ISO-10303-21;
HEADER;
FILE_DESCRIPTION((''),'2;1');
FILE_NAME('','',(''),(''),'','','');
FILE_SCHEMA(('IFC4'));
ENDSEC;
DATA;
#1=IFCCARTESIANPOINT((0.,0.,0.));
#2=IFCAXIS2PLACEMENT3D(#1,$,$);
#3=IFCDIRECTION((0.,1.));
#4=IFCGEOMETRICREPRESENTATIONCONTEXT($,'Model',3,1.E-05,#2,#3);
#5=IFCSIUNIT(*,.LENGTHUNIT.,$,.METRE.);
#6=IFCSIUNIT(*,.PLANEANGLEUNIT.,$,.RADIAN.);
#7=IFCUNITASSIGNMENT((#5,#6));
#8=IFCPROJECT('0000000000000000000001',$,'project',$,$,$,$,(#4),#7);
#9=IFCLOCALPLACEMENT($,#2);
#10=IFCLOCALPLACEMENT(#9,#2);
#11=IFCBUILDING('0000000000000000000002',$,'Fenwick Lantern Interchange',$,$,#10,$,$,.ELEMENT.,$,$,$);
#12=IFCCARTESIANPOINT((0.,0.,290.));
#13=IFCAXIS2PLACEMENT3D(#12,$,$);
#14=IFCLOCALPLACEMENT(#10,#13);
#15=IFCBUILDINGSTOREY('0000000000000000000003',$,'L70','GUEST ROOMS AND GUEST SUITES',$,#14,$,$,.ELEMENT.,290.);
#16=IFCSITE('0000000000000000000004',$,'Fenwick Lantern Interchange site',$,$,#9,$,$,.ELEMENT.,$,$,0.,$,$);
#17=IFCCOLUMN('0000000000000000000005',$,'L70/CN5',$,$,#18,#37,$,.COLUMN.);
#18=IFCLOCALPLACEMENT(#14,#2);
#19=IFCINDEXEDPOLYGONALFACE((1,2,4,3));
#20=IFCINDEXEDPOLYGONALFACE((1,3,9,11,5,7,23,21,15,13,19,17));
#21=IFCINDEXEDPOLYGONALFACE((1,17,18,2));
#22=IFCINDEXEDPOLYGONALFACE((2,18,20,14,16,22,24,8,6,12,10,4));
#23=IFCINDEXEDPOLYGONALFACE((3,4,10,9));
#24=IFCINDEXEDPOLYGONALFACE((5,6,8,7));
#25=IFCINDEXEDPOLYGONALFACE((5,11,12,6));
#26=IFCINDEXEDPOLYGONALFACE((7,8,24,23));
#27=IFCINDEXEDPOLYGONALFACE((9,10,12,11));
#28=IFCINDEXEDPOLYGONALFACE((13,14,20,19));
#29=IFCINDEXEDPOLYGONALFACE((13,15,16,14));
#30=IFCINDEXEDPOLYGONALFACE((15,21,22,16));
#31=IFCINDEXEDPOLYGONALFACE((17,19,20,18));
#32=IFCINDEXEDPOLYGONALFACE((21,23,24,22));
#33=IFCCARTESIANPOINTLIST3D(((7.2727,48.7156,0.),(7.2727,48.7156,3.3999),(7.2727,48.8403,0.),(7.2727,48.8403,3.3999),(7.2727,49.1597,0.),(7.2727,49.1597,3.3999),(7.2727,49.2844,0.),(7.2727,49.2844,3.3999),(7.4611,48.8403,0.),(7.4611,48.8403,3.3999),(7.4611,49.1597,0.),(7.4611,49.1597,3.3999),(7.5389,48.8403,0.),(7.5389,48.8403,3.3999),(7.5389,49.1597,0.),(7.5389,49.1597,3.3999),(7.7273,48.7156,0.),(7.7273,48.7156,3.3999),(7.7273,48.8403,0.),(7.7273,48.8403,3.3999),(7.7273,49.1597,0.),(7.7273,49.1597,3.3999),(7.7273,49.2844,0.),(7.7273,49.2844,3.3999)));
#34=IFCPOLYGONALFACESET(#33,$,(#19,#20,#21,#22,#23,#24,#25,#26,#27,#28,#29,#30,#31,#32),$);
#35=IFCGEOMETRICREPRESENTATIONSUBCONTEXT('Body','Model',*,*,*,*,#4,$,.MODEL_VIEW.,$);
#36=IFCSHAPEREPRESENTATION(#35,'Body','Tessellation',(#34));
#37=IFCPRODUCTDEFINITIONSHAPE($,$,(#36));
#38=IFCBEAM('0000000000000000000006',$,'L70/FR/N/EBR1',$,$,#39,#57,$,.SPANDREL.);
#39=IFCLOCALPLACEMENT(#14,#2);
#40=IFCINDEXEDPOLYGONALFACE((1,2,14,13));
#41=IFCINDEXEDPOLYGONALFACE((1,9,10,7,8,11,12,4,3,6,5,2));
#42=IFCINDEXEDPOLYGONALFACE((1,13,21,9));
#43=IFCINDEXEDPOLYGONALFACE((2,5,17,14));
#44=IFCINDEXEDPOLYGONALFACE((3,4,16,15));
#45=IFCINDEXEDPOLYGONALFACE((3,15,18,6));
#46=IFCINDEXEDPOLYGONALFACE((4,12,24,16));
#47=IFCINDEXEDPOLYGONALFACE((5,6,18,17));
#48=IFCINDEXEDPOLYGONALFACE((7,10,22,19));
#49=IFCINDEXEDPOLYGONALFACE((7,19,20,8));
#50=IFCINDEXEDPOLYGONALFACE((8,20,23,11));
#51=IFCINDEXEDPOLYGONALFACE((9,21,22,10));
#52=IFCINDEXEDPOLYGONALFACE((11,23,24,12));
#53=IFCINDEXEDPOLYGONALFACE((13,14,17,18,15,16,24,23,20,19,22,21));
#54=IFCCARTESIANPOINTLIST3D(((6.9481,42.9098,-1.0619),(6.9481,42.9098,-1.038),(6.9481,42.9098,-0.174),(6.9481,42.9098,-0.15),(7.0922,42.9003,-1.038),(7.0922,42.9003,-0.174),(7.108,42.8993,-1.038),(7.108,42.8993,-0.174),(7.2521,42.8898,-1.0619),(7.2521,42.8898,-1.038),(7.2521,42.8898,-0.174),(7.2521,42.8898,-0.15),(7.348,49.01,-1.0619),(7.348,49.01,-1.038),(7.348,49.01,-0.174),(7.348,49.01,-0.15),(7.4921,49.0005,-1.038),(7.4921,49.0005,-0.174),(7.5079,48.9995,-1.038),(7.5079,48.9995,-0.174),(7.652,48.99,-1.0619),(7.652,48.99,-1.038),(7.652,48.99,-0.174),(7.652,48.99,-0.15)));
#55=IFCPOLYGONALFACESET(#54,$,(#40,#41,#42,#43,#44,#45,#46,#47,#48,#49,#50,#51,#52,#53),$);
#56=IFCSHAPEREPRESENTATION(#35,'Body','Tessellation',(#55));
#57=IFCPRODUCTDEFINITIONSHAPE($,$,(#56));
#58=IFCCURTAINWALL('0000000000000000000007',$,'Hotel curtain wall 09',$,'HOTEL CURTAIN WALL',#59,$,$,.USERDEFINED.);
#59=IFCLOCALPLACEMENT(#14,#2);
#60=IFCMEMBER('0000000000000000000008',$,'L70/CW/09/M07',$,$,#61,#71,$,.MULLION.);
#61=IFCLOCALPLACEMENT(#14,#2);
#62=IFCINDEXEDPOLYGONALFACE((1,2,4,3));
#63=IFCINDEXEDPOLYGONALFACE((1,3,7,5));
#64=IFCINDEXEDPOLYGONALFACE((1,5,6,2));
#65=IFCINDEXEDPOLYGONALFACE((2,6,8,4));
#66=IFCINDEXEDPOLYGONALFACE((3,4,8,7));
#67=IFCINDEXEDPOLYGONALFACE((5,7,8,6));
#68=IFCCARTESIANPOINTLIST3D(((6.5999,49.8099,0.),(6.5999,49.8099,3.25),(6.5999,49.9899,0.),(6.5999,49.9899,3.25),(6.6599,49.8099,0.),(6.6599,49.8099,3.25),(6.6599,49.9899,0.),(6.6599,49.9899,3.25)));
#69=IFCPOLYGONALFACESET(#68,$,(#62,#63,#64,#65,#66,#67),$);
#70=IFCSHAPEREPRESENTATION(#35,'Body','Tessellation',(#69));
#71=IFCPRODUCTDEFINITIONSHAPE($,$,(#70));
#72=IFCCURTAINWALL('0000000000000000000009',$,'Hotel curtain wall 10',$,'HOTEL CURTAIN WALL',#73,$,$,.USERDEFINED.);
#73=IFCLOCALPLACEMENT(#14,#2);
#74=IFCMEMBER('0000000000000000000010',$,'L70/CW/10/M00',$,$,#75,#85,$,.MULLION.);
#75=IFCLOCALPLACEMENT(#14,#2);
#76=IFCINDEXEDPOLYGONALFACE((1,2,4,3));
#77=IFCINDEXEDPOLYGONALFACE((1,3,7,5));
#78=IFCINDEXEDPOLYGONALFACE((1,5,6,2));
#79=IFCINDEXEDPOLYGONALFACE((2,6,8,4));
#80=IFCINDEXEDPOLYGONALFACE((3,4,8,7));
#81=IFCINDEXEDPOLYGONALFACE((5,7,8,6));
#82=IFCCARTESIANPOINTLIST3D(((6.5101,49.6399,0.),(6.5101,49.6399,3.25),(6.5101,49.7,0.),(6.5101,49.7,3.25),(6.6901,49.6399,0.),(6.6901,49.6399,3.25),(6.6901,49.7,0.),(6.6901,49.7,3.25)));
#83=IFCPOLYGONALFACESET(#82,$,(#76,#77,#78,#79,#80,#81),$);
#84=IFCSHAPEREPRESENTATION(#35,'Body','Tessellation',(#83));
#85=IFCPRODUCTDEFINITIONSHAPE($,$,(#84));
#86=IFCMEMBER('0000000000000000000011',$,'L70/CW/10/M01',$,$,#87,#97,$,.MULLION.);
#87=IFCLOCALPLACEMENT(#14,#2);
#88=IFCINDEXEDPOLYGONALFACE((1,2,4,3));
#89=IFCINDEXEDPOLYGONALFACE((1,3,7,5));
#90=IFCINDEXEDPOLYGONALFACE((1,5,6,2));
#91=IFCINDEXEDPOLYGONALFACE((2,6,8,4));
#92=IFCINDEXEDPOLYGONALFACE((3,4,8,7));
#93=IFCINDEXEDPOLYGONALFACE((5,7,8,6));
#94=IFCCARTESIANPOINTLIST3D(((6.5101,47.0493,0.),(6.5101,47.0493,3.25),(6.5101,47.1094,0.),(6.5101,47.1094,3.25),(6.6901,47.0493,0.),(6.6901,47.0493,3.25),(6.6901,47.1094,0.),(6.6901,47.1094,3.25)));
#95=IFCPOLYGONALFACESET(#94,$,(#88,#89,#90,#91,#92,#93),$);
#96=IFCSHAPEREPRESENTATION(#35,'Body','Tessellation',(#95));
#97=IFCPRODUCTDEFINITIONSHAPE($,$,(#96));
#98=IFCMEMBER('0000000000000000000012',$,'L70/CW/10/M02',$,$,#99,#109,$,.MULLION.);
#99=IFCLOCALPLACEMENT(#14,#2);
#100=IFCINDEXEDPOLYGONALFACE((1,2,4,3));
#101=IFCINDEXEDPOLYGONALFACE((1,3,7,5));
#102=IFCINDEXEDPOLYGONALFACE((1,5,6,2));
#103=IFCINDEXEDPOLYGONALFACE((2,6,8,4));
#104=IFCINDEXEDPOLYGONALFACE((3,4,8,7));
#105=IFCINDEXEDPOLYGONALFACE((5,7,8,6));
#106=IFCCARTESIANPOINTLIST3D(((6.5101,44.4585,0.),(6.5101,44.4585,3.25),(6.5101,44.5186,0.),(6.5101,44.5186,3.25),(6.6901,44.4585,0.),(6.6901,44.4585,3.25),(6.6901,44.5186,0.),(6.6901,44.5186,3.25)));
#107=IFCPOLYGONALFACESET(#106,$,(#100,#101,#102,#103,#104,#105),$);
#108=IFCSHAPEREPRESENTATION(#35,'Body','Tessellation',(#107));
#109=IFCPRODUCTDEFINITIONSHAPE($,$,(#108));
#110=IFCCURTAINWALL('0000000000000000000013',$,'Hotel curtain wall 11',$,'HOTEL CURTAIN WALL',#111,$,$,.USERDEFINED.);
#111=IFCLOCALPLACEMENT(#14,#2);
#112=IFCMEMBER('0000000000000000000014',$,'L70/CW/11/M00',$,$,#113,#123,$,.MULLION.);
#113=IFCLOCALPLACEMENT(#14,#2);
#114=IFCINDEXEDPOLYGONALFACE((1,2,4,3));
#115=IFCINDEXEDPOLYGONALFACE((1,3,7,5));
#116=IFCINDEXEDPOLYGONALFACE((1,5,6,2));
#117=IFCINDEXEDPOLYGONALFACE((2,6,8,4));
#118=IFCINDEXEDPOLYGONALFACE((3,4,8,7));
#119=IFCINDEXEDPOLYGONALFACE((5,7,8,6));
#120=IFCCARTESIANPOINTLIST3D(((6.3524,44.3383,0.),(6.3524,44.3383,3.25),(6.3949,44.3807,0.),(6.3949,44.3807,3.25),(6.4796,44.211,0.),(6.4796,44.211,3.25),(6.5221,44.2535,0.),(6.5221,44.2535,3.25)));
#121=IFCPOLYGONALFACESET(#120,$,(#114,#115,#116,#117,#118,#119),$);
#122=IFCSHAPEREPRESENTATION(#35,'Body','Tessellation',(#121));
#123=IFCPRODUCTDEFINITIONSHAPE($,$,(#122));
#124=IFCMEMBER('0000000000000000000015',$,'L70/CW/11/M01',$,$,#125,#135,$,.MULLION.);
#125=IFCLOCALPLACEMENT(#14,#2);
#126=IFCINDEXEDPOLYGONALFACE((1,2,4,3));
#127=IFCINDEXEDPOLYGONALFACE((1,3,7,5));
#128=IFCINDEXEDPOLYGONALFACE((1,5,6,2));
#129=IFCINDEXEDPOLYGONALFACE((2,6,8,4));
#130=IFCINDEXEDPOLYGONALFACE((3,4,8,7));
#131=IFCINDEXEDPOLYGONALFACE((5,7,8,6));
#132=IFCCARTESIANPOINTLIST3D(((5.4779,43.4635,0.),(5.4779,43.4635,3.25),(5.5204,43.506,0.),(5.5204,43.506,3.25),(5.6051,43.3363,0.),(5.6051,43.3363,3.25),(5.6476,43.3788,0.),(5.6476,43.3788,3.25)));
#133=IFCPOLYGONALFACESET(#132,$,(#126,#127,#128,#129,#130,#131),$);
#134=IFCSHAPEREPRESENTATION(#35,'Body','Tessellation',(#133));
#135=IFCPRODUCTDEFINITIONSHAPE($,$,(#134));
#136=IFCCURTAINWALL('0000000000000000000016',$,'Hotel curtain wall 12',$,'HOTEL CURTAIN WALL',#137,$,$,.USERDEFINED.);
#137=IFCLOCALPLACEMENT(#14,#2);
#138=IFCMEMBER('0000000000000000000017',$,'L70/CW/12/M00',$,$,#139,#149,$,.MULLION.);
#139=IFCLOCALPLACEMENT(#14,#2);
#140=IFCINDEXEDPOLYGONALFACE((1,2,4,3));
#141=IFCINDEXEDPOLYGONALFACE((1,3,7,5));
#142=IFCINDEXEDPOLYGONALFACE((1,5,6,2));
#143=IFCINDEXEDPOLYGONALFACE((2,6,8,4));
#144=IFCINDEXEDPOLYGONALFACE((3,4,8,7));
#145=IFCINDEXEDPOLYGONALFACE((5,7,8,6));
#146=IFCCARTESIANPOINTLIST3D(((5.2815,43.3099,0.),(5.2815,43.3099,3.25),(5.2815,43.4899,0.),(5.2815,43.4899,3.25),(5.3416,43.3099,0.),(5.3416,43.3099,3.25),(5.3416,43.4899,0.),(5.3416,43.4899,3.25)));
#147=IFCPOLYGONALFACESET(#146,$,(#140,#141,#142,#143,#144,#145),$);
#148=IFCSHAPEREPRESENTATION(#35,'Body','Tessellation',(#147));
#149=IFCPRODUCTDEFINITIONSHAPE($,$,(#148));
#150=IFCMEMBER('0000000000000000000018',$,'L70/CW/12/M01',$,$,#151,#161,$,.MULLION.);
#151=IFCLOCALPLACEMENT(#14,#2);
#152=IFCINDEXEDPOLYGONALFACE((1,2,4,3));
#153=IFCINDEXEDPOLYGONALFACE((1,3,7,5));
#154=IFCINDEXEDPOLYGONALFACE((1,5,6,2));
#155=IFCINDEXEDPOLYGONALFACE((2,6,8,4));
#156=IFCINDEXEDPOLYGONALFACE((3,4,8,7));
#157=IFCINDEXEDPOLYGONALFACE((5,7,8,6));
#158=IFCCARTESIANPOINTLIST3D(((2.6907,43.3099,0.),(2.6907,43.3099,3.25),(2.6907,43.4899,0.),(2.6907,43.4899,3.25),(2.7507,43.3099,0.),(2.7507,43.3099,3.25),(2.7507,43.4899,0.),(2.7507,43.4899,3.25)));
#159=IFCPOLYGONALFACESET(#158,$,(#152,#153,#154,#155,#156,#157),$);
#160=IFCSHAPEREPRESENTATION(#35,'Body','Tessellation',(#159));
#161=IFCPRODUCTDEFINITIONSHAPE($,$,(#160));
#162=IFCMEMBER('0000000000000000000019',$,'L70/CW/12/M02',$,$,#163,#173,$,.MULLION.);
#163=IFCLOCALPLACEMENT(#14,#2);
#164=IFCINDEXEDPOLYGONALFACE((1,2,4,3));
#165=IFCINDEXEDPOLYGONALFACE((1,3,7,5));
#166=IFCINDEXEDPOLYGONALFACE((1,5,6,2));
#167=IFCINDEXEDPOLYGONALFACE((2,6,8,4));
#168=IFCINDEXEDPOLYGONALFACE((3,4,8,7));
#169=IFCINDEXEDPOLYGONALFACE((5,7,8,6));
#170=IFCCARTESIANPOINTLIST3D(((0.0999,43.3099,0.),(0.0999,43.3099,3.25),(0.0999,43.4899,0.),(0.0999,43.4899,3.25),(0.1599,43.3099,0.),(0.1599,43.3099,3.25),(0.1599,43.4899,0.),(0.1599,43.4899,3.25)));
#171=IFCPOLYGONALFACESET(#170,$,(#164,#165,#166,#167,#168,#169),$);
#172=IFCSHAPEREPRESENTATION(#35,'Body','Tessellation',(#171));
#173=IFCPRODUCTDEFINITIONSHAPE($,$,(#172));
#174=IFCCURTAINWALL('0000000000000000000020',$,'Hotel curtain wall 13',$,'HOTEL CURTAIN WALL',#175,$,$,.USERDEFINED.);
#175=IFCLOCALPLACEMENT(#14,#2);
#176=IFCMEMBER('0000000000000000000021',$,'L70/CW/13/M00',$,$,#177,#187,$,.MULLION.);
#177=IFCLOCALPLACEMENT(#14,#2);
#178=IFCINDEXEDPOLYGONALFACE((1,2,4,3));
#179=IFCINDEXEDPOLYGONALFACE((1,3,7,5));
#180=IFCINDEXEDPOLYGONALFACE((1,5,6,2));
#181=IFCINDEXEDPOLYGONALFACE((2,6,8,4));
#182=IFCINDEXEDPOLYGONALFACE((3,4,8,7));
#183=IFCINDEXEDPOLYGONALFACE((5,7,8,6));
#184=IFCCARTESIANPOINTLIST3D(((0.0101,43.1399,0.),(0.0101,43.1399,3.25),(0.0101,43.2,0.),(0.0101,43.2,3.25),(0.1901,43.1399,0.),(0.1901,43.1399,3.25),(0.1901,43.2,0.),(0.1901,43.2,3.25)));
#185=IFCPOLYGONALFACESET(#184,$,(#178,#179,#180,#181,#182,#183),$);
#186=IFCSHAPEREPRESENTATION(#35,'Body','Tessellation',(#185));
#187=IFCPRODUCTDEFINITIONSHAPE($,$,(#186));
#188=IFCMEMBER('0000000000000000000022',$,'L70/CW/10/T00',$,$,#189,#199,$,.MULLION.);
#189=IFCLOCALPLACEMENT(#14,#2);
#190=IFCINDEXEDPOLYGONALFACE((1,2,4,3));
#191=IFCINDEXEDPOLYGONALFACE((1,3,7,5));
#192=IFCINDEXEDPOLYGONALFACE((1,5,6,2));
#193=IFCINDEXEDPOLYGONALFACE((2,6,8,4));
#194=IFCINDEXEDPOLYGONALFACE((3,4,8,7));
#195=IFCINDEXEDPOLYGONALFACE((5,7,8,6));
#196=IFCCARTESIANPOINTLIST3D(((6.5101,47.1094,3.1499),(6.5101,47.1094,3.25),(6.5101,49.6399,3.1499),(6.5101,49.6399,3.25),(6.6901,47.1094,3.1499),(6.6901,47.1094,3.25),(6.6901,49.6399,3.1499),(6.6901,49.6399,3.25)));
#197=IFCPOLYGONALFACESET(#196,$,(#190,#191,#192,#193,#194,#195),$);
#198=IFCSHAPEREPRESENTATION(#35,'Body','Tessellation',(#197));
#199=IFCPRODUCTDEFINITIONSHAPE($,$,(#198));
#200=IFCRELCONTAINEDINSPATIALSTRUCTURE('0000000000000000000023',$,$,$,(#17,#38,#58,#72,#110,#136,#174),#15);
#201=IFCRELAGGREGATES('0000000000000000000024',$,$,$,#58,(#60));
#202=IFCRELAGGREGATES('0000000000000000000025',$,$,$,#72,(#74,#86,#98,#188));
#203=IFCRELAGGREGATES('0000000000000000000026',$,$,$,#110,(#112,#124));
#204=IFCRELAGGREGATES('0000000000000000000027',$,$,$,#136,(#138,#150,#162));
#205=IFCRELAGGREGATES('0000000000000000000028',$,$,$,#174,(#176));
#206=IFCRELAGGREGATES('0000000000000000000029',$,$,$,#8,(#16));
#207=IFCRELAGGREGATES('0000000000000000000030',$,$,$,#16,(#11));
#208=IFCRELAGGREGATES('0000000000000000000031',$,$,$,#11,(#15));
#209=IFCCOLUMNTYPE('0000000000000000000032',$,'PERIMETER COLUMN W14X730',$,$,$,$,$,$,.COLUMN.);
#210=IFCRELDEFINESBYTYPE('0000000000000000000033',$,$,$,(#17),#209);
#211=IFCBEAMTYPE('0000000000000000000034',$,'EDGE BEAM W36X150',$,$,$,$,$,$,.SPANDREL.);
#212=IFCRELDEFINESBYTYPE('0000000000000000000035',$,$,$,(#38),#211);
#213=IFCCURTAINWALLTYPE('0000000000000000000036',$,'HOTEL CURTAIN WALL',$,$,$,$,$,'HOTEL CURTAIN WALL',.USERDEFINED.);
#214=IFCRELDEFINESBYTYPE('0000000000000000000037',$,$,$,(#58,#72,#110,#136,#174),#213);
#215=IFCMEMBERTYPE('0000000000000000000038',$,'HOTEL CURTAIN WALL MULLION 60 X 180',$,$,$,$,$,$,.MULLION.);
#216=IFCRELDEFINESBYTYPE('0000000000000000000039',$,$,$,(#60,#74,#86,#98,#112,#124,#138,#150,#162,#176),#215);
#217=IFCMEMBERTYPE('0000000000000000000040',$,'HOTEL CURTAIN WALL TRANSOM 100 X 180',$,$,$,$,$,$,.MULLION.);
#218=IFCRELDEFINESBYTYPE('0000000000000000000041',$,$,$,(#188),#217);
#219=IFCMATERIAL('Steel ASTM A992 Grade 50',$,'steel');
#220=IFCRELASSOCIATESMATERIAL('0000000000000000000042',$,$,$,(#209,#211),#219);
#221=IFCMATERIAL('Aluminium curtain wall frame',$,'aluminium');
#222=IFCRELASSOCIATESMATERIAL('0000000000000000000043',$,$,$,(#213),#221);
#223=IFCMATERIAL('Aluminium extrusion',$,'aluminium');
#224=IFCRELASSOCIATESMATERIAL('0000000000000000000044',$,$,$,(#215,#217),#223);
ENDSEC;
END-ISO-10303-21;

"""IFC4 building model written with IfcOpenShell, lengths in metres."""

from ifc_helpers import new_model, si_unit, direction, frame, origin, origin_2d, place, context, subcontext, project, spatial, rectangle, i_section, extrude, material, material_profile, profile_set, type_object, element, aggregate, save


model = new_model("IFC4")

# Units and contexts
model_context = context("Model", 3, precision=1e-05, world=origin(), true_north=direction((0.0, 1.0)))
body_context = subcontext(model_context, "Body", "Model", "MODEL_VIEW")
ifc_project = project(units=[si_unit("LENGTHUNIT", "METRE"), si_unit("PLANEANGLEUNIT", "RADIAN")], contexts=[model_context])

# Site, building, storey
site_placement = place(None, origin())
site = spatial("IfcSite", under=ifc_project, at=site_placement, Name="Fenwick Lantern Interchange site", CompositionType="ELEMENT", RefElevation=0.0)
building_placement = place(site_placement, origin())
building = spatial("IfcBuilding", under=site, at=building_placement, Name="Fenwick Lantern Interchange", CompositionType="ELEMENT")
storey_placement = place(building_placement, frame((0.0, 0.0, 290.0)))
storey = spatial("IfcBuildingStorey", under=building, at=storey_placement, Name="L70", Description="GUEST ROOMS AND GUEST SUITES", CompositionType="ELEMENT", Elevation=290.0)

# Column
ifc_material_1 = material(Name="Steel ASTM A992 Grade 50", Category="steel")
ifc_material_profile_1 = material_profile(ifc_material_1, i_section(OverallWidth=0.4546, OverallDepth=0.5688, WebThickness=0.0779, FlangeThickness=0.1248, at=origin_2d()), Name="W14X730")
ifc_profile_set_1 = profile_set([ifc_material_profile_1], Name="Steel ASTM A992 Grade 50")
column_type = type_object("IfcColumnType", Name="PERIMETER COLUMN W14X730", PredefinedType="COLUMN", material=ifc_profile_set_1)
column_placement = place(storey_placement, frame((7.5, 49.0, 0.0), z_axis=(0.0, 0.0, 1.0), x_axis=(1.0, 0.0, 0.0)))
element("IfcColumn", 1, at=column_placement, inside=storey, type_object=column_type, Name="L70/CN5", PredefinedType="COLUMN", context=body_context, shape_type="SweptSolid", body=[
    extrude(i_section(OverallWidth=0.4546, OverallDepth=0.5688, WebThickness=0.0779, FlangeThickness=0.1248, at=origin_2d()), origin(), (0.0, 0.0, 1.0), 3.3999),
])

# Beam
ifc_material_profile_2 = material_profile(ifc_material_1, i_section(OverallWidth=0.3047, OverallDepth=0.9119, WebThickness=0.0159, FlangeThickness=0.0239, at=origin_2d()), Name="W36X150")
ifc_profile_set_2 = profile_set([ifc_material_profile_2], Name="Steel ASTM A992 Grade 50")
beam_type = type_object("IfcBeamType", Name="EDGE BEAM W36X150", PredefinedType="SPANDREL", material=ifc_profile_set_2)
beam_placement = place(storey_placement, frame((7.5, 49.0, -0.606), z_axis=(-0.065416, -0.997858, 0.0), x_axis=(0.997858, -0.065416, 0.0)))
element("IfcBeam", 2, at=beam_placement, inside=storey, type_object=beam_type, Name="L70/FR/N/EBR1", PredefinedType="SPANDREL", context=body_context, shape_type="SweptSolid", body=[
    extrude(i_section(OverallWidth=0.3047, OverallDepth=0.9119, WebThickness=0.0159, FlangeThickness=0.0239, at=origin_2d()), origin(), (0.0, 0.0, 1.0), 6.1133),
])

# Curtain wall, member
ifc_material_2 = material(Name="Aluminium curtain wall frame", Category="aluminium")
curtain_wall_type = type_object("IfcCurtainWallType", Name="HOTEL CURTAIN WALL", ElementType="HOTEL CURTAIN WALL", PredefinedType="USERDEFINED", material=ifc_material_2)
curtain_wall_1_placement = place(storey_placement, origin())
curtain_wall_1 = element("IfcCurtainWall", 3, at=curtain_wall_1_placement, inside=storey, type_object=curtain_wall_type, Name="Hotel curtain wall 09", ObjectType="HOTEL CURTAIN WALL", PredefinedType="USERDEFINED")
ifc_material_3 = material(Name="Aluminium extrusion", Category="aluminium")
ifc_material_profile_3 = material_profile(ifc_material_3, rectangle(XDim=0.1799, YDim=0.0601, at=origin_2d()), Name="HOTEL CURTAIN WALL MULLION 60 X 180")
ifc_profile_set_3 = profile_set([ifc_material_profile_3], Name="Aluminium extrusion")
member_type_1 = type_object("IfcMemberType", Name="HOTEL CURTAIN WALL MULLION 60 X 180", PredefinedType="MULLION", material=ifc_profile_set_3)
member_1_placement = place(storey_placement, frame((6.6299, 49.8999, 0.0), z_axis=(0.0, 0.0, 1.0), x_axis=(0.0, -1.0, 0.0)))
member_1 = element("IfcMember", 4, at=member_1_placement, type_object=member_type_1, Name="L70/CW/09/M07", PredefinedType="MULLION", context=body_context, shape_type="SweptSolid", body=[
    extrude(rectangle(XDim=0.1799, YDim=0.0601, at=origin_2d()), origin(), (0.0, 0.0, 1.0), 3.25),
])
aggregate(curtain_wall_1, [member_1])

# Curtain walls, members
curtain_wall_2_placement = place(storey_placement, origin())
curtain_wall_2 = element("IfcCurtainWall", 5, at=curtain_wall_2_placement, inside=storey, type_object=curtain_wall_type, Name="Hotel curtain wall 10", ObjectType="HOTEL CURTAIN WALL", PredefinedType="USERDEFINED")
member_2_placement = place(storey_placement, frame((6.6001, 49.6699, 0.0), z_axis=(0.0, 0.0, 1.0), x_axis=(1.0, 0.0, 0.0)))
member_2 = element("IfcMember", 6, at=member_2_placement, type_object=member_type_1, Name="L70/CW/10/M00", PredefinedType="MULLION", context=body_context, shape_type="SweptSolid", body=[
    extrude(rectangle(XDim=0.1799, YDim=0.0601, at=origin_2d()), origin(), (0.0, 0.0, 1.0), 3.25),
])
member_3_placement = place(storey_placement, frame((6.6001, 47.0793, 0.0), z_axis=(0.0, 0.0, 1.0), x_axis=(1.0, 0.0, 0.0)))
member_3 = element("IfcMember", 7, at=member_3_placement, type_object=member_type_1, Name="L70/CW/10/M01", PredefinedType="MULLION", context=body_context, shape_type="SweptSolid", body=[
    extrude(rectangle(XDim=0.1799, YDim=0.0601, at=origin_2d()), origin(), (0.0, 0.0, 1.0), 3.25),
])
member_4_placement = place(storey_placement, frame((6.6001, 44.4885, 0.0), z_axis=(0.0, 0.0, 1.0), x_axis=(1.0, 0.0, 0.0)))
member_4 = element("IfcMember", 8, at=member_4_placement, type_object=member_type_1, Name="L70/CW/10/M02", PredefinedType="MULLION", context=body_context, shape_type="SweptSolid", body=[
    extrude(rectangle(XDim=0.1799, YDim=0.0601, at=origin_2d()), origin(), (0.0, 0.0, 1.0), 3.25),
])
curtain_wall_3_placement = place(storey_placement, origin())
curtain_wall_3 = element("IfcCurtainWall", 9, at=curtain_wall_3_placement, inside=storey, type_object=curtain_wall_type, Name="Hotel curtain wall 11", ObjectType="HOTEL CURTAIN WALL", PredefinedType="USERDEFINED")
member_5_placement = place(storey_placement, frame((6.4373, 44.2959, 0.0), z_axis=(0.0, 0.0, 1.0), x_axis=(0.707107, -0.707107, 0.0)))
member_5 = element("IfcMember", 10, at=member_5_placement, type_object=member_type_1, Name="L70/CW/11/M00", PredefinedType="MULLION", context=body_context, shape_type="SweptSolid", body=[
    extrude(rectangle(XDim=0.1799, YDim=0.0601, at=origin_2d()), origin(), (0.0, 0.0, 1.0), 3.25),
])
member_6_placement = place(storey_placement, frame((5.5627, 43.4211, 0.0), z_axis=(0.0, 0.0, 1.0), x_axis=(0.707107, -0.707107, 0.0)))
member_6 = element("IfcMember", 11, at=member_6_placement, type_object=member_type_1, Name="L70/CW/11/M01", PredefinedType="MULLION", context=body_context, shape_type="SweptSolid", body=[
    extrude(rectangle(XDim=0.1799, YDim=0.0601, at=origin_2d()), origin(), (0.0, 0.0, 1.0), 3.25),
])
curtain_wall_4_placement = place(storey_placement, origin())
curtain_wall_4 = element("IfcCurtainWall", 12, at=curtain_wall_4_placement, inside=storey, type_object=curtain_wall_type, Name="Hotel curtain wall 12", ObjectType="HOTEL CURTAIN WALL", PredefinedType="USERDEFINED")
member_7_placement = place(storey_placement, frame((5.3115, 43.3999, 0.0), z_axis=(0.0, 0.0, 1.0), x_axis=(0.0, -1.0, 0.0)))
member_7 = element("IfcMember", 13, at=member_7_placement, type_object=member_type_1, Name="L70/CW/12/M00", PredefinedType="MULLION", context=body_context, shape_type="SweptSolid", body=[
    extrude(rectangle(XDim=0.1799, YDim=0.0601, at=origin_2d()), origin(), (0.0, 0.0, 1.0), 3.25),
])
member_8_placement = place(storey_placement, frame((2.7207, 43.3999, 0.0), z_axis=(0.0, 0.0, 1.0), x_axis=(0.0, -1.0, 0.0)))
member_8 = element("IfcMember", 14, at=member_8_placement, type_object=member_type_1, Name="L70/CW/12/M01", PredefinedType="MULLION", context=body_context, shape_type="SweptSolid", body=[
    extrude(rectangle(XDim=0.1799, YDim=0.0601, at=origin_2d()), origin(), (0.0, 0.0, 1.0), 3.25),
])
member_9_placement = place(storey_placement, frame((0.1299, 43.3999, 0.0), z_axis=(0.0, 0.0, 1.0), x_axis=(0.0, -1.0, 0.0)))
member_9 = element("IfcMember", 15, at=member_9_placement, type_object=member_type_1, Name="L70/CW/12/M02", PredefinedType="MULLION", context=body_context, shape_type="SweptSolid", body=[
    extrude(rectangle(XDim=0.1799, YDim=0.0601, at=origin_2d()), origin(), (0.0, 0.0, 1.0), 3.25),
])

# Curtain wall, member
curtain_wall_5_placement = place(storey_placement, origin())
curtain_wall_5 = element("IfcCurtainWall", 16, at=curtain_wall_5_placement, inside=storey, type_object=curtain_wall_type, Name="Hotel curtain wall 13", ObjectType="HOTEL CURTAIN WALL", PredefinedType="USERDEFINED")
member_10_placement = place(storey_placement, frame((0.1001, 43.1699, 0.0), z_axis=(0.0, 0.0, 1.0), x_axis=(1.0, 0.0, 0.0)))
member_10 = element("IfcMember", 17, at=member_10_placement, type_object=member_type_1, Name="L70/CW/13/M00", PredefinedType="MULLION", context=body_context, shape_type="SweptSolid", body=[
    extrude(rectangle(XDim=0.1799, YDim=0.0601, at=origin_2d()), origin(), (0.0, 0.0, 1.0), 3.25),
])

# Member
ifc_material_profile_4 = material_profile(ifc_material_3, rectangle(XDim=0.1799, YDim=0.1001, at=origin_2d()), Name="HOTEL CURTAIN WALL TRANSOM 100 X 180")
ifc_profile_set_4 = profile_set([ifc_material_profile_4], Name="Aluminium extrusion")
member_type_2 = type_object("IfcMemberType", Name="HOTEL CURTAIN WALL TRANSOM 100 X 180", PredefinedType="MULLION", material=ifc_profile_set_4)
member_11_placement = place(storey_placement, frame((6.6001, 49.6399, 3.2), z_axis=(0.0, -1.0, 0.0), x_axis=(1.0, 0.0, 0.0)))
member_11 = element("IfcMember", 18, at=member_11_placement, type_object=member_type_2, Name="L70/CW/10/T00", PredefinedType="MULLION", context=body_context, shape_type="SweptSolid", body=[
    extrude(rectangle(XDim=0.1799, YDim=0.1001, at=origin_2d()), origin(), (0.0, 0.0, 1.0), 2.5305),
])

aggregate(curtain_wall_2, [member_2, member_3, member_4, member_11])
aggregate(curtain_wall_3, [member_5, member_6])
aggregate(curtain_wall_4, [member_7, member_8, member_9])
aggregate(curtain_wall_5, [member_10])

save(model, "model.ifc")
